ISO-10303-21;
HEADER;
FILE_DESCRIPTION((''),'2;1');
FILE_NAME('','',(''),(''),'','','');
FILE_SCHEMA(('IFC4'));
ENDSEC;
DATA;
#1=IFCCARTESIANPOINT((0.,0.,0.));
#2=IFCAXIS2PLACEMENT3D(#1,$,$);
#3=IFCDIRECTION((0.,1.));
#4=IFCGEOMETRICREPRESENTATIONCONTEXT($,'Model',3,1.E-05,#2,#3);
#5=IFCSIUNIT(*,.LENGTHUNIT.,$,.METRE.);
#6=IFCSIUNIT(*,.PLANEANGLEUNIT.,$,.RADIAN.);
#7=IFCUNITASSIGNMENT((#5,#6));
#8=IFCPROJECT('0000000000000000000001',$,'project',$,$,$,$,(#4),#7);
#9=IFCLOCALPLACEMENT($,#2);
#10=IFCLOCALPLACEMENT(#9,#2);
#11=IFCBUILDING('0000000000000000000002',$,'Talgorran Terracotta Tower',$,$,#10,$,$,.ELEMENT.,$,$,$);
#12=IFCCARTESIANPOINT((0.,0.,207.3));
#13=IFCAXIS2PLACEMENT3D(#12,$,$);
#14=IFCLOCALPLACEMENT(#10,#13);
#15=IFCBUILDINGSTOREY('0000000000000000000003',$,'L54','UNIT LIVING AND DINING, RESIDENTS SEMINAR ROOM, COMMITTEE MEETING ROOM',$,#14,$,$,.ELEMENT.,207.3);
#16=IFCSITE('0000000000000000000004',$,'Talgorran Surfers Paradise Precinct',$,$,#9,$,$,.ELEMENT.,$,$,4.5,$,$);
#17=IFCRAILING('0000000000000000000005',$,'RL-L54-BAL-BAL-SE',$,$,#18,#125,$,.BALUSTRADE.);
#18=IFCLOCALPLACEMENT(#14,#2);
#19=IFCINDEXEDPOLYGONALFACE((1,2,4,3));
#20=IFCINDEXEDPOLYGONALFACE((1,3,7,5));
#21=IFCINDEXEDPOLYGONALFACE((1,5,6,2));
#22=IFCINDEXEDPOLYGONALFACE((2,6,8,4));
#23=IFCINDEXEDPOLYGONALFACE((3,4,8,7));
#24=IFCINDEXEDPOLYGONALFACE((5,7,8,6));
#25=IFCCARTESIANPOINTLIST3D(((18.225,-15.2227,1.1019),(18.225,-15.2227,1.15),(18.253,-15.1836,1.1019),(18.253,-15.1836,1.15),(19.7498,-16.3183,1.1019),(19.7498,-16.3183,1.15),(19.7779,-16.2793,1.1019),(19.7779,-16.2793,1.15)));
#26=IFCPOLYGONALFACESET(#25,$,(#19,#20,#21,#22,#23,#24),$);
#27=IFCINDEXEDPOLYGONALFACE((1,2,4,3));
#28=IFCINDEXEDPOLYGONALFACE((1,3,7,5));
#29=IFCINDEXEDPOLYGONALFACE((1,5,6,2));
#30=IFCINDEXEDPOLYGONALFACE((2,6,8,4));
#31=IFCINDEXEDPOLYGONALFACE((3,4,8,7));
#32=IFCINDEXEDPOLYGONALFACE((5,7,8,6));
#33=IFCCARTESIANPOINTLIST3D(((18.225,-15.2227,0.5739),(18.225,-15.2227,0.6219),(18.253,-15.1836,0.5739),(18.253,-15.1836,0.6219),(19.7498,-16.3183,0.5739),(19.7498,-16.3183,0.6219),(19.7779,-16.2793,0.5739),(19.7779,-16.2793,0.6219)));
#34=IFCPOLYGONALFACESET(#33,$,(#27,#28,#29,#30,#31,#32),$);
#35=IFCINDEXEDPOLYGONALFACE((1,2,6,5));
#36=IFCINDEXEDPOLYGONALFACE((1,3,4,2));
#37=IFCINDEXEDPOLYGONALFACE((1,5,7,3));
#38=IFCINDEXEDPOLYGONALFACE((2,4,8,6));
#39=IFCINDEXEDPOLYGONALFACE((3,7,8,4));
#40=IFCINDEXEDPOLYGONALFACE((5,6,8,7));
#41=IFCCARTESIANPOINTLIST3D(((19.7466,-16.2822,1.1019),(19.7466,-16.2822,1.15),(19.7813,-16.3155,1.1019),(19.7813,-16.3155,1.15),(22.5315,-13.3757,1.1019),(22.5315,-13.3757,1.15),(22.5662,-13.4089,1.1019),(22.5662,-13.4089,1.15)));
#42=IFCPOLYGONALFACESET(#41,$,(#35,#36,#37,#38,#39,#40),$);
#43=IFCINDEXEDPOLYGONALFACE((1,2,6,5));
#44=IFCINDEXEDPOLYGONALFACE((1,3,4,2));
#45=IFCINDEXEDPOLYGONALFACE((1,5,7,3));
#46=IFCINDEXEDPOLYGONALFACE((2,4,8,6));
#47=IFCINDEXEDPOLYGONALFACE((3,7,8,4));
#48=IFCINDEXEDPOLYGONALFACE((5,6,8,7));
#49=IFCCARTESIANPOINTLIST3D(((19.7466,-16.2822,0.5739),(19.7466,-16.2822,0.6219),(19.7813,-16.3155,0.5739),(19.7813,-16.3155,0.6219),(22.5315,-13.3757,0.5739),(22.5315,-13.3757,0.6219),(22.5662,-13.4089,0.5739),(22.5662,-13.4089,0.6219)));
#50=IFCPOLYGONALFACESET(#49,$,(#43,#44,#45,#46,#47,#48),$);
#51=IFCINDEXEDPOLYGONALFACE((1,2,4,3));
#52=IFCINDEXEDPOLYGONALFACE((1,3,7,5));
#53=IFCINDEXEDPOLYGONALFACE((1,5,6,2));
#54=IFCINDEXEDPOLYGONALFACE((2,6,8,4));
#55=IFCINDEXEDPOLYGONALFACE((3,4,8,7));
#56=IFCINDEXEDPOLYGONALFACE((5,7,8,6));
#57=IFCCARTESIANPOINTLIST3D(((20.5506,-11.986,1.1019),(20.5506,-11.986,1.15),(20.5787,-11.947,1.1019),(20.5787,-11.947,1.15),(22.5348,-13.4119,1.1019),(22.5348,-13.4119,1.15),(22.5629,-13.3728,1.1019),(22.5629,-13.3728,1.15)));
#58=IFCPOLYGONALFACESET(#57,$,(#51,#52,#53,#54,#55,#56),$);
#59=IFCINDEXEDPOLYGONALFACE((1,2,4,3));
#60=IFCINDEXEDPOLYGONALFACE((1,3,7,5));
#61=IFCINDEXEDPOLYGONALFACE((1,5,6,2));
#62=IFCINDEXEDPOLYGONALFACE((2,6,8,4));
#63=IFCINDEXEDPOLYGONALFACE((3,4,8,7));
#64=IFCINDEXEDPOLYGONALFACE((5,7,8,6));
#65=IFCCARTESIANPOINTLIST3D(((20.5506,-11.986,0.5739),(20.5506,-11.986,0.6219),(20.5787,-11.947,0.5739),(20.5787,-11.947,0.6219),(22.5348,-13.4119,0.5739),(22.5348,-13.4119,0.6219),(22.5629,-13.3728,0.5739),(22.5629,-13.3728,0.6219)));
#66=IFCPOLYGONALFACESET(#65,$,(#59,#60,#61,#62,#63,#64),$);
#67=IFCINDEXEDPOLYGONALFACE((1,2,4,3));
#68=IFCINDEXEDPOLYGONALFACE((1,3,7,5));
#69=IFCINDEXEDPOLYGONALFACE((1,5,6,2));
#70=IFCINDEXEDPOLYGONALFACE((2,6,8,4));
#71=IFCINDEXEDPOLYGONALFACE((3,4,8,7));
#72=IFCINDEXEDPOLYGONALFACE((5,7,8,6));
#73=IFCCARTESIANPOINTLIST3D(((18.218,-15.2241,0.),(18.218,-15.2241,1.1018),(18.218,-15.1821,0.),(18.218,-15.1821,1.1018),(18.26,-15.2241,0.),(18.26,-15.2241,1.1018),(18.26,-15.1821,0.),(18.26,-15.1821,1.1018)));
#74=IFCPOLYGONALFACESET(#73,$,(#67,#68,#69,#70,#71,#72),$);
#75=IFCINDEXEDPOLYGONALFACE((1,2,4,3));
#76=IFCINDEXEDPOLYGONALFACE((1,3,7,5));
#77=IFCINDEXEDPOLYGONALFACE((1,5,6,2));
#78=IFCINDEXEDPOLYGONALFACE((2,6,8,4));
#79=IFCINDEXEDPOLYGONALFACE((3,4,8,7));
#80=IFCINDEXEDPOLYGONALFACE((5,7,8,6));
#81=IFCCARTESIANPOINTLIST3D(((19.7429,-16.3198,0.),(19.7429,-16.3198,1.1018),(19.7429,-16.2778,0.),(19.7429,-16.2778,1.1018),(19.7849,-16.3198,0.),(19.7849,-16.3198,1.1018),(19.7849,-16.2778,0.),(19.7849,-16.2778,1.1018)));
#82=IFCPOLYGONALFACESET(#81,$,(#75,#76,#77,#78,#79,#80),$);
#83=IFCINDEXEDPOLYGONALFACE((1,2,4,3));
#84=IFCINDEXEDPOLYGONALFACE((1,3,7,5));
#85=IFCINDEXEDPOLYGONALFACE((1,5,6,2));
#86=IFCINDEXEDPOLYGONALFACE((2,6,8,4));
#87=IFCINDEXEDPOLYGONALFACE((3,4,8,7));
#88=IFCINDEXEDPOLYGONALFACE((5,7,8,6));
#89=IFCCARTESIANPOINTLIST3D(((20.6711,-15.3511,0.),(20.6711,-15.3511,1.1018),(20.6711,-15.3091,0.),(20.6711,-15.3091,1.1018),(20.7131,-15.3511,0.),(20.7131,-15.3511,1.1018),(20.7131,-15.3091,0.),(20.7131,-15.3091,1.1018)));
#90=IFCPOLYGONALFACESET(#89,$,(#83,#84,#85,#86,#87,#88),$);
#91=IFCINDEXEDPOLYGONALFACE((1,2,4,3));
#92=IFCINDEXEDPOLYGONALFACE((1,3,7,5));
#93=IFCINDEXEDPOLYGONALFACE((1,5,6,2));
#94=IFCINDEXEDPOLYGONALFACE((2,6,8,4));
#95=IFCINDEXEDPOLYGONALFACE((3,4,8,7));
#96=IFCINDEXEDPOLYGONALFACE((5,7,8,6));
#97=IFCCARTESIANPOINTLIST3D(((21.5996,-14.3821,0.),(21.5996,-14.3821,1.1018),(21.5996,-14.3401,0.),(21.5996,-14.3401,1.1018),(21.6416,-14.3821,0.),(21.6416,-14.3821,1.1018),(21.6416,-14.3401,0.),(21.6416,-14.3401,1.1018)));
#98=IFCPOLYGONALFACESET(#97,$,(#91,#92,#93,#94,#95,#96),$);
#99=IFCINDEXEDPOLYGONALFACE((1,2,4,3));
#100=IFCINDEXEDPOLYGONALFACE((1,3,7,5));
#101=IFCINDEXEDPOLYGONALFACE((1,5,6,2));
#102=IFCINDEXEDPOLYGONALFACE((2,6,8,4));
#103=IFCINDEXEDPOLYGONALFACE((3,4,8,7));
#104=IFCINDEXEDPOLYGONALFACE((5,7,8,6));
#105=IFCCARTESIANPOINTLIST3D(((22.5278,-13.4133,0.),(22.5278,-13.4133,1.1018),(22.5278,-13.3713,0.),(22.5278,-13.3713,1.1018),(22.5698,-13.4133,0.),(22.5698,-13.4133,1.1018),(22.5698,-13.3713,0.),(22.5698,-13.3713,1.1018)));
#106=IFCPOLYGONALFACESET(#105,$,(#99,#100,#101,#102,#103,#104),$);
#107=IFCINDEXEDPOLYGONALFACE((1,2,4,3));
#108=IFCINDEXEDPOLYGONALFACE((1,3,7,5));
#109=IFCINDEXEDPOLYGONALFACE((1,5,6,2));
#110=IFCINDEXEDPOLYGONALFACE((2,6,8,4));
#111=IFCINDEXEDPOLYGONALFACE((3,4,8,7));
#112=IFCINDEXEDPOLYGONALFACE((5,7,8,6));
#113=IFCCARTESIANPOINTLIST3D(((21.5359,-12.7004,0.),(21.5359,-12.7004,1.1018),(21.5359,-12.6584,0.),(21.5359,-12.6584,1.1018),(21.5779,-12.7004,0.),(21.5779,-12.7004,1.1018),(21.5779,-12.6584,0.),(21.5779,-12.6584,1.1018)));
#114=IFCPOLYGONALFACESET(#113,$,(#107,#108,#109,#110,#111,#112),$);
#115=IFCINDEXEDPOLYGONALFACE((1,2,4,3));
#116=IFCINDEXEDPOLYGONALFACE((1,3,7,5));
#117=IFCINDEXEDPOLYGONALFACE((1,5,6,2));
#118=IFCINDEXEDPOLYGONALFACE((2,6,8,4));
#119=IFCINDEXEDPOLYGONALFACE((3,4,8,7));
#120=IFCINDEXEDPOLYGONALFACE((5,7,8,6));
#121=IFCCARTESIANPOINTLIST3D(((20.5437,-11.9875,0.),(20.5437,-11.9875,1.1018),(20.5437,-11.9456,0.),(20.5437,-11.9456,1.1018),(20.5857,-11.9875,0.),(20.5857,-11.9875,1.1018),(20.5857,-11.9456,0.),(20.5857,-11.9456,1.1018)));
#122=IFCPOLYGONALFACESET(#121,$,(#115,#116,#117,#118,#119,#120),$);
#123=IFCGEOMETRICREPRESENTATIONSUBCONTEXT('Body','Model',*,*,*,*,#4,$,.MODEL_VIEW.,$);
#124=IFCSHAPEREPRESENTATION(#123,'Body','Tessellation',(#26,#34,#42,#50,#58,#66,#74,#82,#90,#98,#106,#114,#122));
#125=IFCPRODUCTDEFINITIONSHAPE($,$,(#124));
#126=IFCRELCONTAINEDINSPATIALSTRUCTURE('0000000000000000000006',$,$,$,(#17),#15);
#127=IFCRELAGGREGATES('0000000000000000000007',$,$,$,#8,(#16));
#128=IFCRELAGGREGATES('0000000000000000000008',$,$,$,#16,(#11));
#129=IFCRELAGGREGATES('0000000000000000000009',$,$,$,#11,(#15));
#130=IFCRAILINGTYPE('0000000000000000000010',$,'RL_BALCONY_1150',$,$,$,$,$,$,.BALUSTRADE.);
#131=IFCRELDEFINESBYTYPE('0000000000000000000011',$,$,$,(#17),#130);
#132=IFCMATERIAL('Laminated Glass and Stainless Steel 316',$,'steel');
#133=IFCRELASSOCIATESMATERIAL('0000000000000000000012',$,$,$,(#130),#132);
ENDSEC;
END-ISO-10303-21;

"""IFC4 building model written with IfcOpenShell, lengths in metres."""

from ifc_helpers import new_model, si_unit, direction, frame, origin, origin_2d, place, context, subcontext, project, spatial, rectangle, extrude, material, type_object, element, save


model = new_model("IFC4")

# Units and contexts
model_context = context("Model", 3, precision=1e-05, world=origin(), true_north=direction((0.0, 1.0)))
body_context = subcontext(model_context, "Body", "Model", "MODEL_VIEW")
ifc_project = project(units=[si_unit("LENGTHUNIT", "METRE"), si_unit("PLANEANGLEUNIT", "RADIAN")], contexts=[model_context])

# Site, building, storey
site_placement = place(None, origin())
site = spatial("IfcSite", under=ifc_project, at=site_placement, Name="Talgorran Surfers Paradise Precinct", CompositionType="ELEMENT", RefElevation=4.5)
building_placement = place(site_placement, origin())
building = spatial("IfcBuilding", under=site, at=building_placement, Name="Talgorran Terracotta Tower", CompositionType="ELEMENT")
storey_placement = place(building_placement, frame((0.0, 0.0, 207.3)))
storey = spatial("IfcBuildingStorey", under=building, at=storey_placement, Name="L54", Description="UNIT LIVING AND DINING, RESIDENTS SEMINAR ROOM, COMMITTEE MEETING ROOM", CompositionType="ELEMENT", Elevation=207.3)

# Railing
ifc_material_1 = material(Name="Laminated Glass and Stainless Steel 316", Category="steel")
railing_type = type_object("IfcRailingType", Name="RL_BALCONY_1150", PredefinedType="BALUSTRADE", material=ifc_material_1)
railing_placement = place(storey_placement, frame((18.239, -15.2031, 0.0)))
element("IfcRailing", 1, at=railing_placement, inside=storey, type_object=railing_type, Name="RL-L54-BAL-BAL-SE", PredefinedType="BALUSTRADE", context=body_context, shape_type="SweptSolid", body=[
    extrude(rectangle(XDim=0.0481, YDim=0.0481, at=origin_2d()), frame((0.0, 0.0, 1.126), z_axis=(0.812096, -0.583524, 0.0), x_axis=(0.583524, 0.812096, 0.0)), (0.0, 0.0, 1.0), 1.8777),
    extrude(rectangle(XDim=0.0481, YDim=0.0481, at=origin_2d()), frame((0.0, 0.0, 0.5979), z_axis=(0.812096, -0.583524, 0.0), x_axis=(0.583524, 0.812096, 0.0)), (0.0, 0.0, 1.0), 1.8777),
    extrude(rectangle(XDim=0.0481, YDim=0.0481, at=origin_2d()), frame((1.5249, -1.0957, 1.126), z_axis=(0.691843, 0.722048, 0.0), x_axis=(-0.722048, 0.691843, 0.0)), (0.0, 0.0, 1.0), 4.0254),
    extrude(rectangle(XDim=0.0481, YDim=0.0481, at=origin_2d()), frame((1.5249, -1.0957, 0.5979), z_axis=(0.691843, 0.722048, 0.0), x_axis=(-0.722048, 0.691843, 0.0)), (0.0, 0.0, 1.0), 4.0254),
    extrude(rectangle(XDim=0.0481, YDim=0.0481, at=origin_2d()), frame((4.3098, 1.8108, 1.126), z_axis=(-0.812076, 0.583552, 0.0), x_axis=(-0.583552, -0.812076, 0.0)), (0.0, 0.0, 1.0), 2.4434),
    extrude(rectangle(XDim=0.0481, YDim=0.0481, at=origin_2d()), frame((4.3098, 1.8108, 0.5979), z_axis=(-0.812076, 0.583552, 0.0), x_axis=(-0.583552, -0.812076, 0.0)), (0.0, 0.0, 1.0), 2.4434),
    extrude(rectangle(XDim=0.042, YDim=0.042, at=origin_2d()), origin(), (0.0, 0.0, 1.0), 1.1018),
    extrude(rectangle(XDim=0.042, YDim=0.042, at=origin_2d()), frame((1.5249, -1.0957, 0.0)), (0.0, 0.0, 1.0), 1.1018),
    extrude(rectangle(XDim=0.042, YDim=0.042, at=origin_2d()), frame((2.4531, -0.127, 0.0)), (0.0, 0.0, 1.0), 1.1018),
    extrude(rectangle(XDim=0.042, YDim=0.042, at=origin_2d()), frame((3.3816, 0.842, 0.0)), (0.0, 0.0, 1.0), 1.1018),
    extrude(rectangle(XDim=0.042, YDim=0.042, at=origin_2d()), frame((4.3098, 1.8108, 0.0)), (0.0, 0.0, 1.0), 1.1018),
    extrude(rectangle(XDim=0.042, YDim=0.042, at=origin_2d()), frame((3.3179, 2.5237, 0.0)), (0.0, 0.0, 1.0), 1.1018),
    extrude(rectangle(XDim=0.042, YDim=0.042, at=origin_2d()), frame((2.3257, 3.2366, 0.0)), (0.0, 0.0, 1.0), 1.1018),
])

save(model, "model.ifc")
